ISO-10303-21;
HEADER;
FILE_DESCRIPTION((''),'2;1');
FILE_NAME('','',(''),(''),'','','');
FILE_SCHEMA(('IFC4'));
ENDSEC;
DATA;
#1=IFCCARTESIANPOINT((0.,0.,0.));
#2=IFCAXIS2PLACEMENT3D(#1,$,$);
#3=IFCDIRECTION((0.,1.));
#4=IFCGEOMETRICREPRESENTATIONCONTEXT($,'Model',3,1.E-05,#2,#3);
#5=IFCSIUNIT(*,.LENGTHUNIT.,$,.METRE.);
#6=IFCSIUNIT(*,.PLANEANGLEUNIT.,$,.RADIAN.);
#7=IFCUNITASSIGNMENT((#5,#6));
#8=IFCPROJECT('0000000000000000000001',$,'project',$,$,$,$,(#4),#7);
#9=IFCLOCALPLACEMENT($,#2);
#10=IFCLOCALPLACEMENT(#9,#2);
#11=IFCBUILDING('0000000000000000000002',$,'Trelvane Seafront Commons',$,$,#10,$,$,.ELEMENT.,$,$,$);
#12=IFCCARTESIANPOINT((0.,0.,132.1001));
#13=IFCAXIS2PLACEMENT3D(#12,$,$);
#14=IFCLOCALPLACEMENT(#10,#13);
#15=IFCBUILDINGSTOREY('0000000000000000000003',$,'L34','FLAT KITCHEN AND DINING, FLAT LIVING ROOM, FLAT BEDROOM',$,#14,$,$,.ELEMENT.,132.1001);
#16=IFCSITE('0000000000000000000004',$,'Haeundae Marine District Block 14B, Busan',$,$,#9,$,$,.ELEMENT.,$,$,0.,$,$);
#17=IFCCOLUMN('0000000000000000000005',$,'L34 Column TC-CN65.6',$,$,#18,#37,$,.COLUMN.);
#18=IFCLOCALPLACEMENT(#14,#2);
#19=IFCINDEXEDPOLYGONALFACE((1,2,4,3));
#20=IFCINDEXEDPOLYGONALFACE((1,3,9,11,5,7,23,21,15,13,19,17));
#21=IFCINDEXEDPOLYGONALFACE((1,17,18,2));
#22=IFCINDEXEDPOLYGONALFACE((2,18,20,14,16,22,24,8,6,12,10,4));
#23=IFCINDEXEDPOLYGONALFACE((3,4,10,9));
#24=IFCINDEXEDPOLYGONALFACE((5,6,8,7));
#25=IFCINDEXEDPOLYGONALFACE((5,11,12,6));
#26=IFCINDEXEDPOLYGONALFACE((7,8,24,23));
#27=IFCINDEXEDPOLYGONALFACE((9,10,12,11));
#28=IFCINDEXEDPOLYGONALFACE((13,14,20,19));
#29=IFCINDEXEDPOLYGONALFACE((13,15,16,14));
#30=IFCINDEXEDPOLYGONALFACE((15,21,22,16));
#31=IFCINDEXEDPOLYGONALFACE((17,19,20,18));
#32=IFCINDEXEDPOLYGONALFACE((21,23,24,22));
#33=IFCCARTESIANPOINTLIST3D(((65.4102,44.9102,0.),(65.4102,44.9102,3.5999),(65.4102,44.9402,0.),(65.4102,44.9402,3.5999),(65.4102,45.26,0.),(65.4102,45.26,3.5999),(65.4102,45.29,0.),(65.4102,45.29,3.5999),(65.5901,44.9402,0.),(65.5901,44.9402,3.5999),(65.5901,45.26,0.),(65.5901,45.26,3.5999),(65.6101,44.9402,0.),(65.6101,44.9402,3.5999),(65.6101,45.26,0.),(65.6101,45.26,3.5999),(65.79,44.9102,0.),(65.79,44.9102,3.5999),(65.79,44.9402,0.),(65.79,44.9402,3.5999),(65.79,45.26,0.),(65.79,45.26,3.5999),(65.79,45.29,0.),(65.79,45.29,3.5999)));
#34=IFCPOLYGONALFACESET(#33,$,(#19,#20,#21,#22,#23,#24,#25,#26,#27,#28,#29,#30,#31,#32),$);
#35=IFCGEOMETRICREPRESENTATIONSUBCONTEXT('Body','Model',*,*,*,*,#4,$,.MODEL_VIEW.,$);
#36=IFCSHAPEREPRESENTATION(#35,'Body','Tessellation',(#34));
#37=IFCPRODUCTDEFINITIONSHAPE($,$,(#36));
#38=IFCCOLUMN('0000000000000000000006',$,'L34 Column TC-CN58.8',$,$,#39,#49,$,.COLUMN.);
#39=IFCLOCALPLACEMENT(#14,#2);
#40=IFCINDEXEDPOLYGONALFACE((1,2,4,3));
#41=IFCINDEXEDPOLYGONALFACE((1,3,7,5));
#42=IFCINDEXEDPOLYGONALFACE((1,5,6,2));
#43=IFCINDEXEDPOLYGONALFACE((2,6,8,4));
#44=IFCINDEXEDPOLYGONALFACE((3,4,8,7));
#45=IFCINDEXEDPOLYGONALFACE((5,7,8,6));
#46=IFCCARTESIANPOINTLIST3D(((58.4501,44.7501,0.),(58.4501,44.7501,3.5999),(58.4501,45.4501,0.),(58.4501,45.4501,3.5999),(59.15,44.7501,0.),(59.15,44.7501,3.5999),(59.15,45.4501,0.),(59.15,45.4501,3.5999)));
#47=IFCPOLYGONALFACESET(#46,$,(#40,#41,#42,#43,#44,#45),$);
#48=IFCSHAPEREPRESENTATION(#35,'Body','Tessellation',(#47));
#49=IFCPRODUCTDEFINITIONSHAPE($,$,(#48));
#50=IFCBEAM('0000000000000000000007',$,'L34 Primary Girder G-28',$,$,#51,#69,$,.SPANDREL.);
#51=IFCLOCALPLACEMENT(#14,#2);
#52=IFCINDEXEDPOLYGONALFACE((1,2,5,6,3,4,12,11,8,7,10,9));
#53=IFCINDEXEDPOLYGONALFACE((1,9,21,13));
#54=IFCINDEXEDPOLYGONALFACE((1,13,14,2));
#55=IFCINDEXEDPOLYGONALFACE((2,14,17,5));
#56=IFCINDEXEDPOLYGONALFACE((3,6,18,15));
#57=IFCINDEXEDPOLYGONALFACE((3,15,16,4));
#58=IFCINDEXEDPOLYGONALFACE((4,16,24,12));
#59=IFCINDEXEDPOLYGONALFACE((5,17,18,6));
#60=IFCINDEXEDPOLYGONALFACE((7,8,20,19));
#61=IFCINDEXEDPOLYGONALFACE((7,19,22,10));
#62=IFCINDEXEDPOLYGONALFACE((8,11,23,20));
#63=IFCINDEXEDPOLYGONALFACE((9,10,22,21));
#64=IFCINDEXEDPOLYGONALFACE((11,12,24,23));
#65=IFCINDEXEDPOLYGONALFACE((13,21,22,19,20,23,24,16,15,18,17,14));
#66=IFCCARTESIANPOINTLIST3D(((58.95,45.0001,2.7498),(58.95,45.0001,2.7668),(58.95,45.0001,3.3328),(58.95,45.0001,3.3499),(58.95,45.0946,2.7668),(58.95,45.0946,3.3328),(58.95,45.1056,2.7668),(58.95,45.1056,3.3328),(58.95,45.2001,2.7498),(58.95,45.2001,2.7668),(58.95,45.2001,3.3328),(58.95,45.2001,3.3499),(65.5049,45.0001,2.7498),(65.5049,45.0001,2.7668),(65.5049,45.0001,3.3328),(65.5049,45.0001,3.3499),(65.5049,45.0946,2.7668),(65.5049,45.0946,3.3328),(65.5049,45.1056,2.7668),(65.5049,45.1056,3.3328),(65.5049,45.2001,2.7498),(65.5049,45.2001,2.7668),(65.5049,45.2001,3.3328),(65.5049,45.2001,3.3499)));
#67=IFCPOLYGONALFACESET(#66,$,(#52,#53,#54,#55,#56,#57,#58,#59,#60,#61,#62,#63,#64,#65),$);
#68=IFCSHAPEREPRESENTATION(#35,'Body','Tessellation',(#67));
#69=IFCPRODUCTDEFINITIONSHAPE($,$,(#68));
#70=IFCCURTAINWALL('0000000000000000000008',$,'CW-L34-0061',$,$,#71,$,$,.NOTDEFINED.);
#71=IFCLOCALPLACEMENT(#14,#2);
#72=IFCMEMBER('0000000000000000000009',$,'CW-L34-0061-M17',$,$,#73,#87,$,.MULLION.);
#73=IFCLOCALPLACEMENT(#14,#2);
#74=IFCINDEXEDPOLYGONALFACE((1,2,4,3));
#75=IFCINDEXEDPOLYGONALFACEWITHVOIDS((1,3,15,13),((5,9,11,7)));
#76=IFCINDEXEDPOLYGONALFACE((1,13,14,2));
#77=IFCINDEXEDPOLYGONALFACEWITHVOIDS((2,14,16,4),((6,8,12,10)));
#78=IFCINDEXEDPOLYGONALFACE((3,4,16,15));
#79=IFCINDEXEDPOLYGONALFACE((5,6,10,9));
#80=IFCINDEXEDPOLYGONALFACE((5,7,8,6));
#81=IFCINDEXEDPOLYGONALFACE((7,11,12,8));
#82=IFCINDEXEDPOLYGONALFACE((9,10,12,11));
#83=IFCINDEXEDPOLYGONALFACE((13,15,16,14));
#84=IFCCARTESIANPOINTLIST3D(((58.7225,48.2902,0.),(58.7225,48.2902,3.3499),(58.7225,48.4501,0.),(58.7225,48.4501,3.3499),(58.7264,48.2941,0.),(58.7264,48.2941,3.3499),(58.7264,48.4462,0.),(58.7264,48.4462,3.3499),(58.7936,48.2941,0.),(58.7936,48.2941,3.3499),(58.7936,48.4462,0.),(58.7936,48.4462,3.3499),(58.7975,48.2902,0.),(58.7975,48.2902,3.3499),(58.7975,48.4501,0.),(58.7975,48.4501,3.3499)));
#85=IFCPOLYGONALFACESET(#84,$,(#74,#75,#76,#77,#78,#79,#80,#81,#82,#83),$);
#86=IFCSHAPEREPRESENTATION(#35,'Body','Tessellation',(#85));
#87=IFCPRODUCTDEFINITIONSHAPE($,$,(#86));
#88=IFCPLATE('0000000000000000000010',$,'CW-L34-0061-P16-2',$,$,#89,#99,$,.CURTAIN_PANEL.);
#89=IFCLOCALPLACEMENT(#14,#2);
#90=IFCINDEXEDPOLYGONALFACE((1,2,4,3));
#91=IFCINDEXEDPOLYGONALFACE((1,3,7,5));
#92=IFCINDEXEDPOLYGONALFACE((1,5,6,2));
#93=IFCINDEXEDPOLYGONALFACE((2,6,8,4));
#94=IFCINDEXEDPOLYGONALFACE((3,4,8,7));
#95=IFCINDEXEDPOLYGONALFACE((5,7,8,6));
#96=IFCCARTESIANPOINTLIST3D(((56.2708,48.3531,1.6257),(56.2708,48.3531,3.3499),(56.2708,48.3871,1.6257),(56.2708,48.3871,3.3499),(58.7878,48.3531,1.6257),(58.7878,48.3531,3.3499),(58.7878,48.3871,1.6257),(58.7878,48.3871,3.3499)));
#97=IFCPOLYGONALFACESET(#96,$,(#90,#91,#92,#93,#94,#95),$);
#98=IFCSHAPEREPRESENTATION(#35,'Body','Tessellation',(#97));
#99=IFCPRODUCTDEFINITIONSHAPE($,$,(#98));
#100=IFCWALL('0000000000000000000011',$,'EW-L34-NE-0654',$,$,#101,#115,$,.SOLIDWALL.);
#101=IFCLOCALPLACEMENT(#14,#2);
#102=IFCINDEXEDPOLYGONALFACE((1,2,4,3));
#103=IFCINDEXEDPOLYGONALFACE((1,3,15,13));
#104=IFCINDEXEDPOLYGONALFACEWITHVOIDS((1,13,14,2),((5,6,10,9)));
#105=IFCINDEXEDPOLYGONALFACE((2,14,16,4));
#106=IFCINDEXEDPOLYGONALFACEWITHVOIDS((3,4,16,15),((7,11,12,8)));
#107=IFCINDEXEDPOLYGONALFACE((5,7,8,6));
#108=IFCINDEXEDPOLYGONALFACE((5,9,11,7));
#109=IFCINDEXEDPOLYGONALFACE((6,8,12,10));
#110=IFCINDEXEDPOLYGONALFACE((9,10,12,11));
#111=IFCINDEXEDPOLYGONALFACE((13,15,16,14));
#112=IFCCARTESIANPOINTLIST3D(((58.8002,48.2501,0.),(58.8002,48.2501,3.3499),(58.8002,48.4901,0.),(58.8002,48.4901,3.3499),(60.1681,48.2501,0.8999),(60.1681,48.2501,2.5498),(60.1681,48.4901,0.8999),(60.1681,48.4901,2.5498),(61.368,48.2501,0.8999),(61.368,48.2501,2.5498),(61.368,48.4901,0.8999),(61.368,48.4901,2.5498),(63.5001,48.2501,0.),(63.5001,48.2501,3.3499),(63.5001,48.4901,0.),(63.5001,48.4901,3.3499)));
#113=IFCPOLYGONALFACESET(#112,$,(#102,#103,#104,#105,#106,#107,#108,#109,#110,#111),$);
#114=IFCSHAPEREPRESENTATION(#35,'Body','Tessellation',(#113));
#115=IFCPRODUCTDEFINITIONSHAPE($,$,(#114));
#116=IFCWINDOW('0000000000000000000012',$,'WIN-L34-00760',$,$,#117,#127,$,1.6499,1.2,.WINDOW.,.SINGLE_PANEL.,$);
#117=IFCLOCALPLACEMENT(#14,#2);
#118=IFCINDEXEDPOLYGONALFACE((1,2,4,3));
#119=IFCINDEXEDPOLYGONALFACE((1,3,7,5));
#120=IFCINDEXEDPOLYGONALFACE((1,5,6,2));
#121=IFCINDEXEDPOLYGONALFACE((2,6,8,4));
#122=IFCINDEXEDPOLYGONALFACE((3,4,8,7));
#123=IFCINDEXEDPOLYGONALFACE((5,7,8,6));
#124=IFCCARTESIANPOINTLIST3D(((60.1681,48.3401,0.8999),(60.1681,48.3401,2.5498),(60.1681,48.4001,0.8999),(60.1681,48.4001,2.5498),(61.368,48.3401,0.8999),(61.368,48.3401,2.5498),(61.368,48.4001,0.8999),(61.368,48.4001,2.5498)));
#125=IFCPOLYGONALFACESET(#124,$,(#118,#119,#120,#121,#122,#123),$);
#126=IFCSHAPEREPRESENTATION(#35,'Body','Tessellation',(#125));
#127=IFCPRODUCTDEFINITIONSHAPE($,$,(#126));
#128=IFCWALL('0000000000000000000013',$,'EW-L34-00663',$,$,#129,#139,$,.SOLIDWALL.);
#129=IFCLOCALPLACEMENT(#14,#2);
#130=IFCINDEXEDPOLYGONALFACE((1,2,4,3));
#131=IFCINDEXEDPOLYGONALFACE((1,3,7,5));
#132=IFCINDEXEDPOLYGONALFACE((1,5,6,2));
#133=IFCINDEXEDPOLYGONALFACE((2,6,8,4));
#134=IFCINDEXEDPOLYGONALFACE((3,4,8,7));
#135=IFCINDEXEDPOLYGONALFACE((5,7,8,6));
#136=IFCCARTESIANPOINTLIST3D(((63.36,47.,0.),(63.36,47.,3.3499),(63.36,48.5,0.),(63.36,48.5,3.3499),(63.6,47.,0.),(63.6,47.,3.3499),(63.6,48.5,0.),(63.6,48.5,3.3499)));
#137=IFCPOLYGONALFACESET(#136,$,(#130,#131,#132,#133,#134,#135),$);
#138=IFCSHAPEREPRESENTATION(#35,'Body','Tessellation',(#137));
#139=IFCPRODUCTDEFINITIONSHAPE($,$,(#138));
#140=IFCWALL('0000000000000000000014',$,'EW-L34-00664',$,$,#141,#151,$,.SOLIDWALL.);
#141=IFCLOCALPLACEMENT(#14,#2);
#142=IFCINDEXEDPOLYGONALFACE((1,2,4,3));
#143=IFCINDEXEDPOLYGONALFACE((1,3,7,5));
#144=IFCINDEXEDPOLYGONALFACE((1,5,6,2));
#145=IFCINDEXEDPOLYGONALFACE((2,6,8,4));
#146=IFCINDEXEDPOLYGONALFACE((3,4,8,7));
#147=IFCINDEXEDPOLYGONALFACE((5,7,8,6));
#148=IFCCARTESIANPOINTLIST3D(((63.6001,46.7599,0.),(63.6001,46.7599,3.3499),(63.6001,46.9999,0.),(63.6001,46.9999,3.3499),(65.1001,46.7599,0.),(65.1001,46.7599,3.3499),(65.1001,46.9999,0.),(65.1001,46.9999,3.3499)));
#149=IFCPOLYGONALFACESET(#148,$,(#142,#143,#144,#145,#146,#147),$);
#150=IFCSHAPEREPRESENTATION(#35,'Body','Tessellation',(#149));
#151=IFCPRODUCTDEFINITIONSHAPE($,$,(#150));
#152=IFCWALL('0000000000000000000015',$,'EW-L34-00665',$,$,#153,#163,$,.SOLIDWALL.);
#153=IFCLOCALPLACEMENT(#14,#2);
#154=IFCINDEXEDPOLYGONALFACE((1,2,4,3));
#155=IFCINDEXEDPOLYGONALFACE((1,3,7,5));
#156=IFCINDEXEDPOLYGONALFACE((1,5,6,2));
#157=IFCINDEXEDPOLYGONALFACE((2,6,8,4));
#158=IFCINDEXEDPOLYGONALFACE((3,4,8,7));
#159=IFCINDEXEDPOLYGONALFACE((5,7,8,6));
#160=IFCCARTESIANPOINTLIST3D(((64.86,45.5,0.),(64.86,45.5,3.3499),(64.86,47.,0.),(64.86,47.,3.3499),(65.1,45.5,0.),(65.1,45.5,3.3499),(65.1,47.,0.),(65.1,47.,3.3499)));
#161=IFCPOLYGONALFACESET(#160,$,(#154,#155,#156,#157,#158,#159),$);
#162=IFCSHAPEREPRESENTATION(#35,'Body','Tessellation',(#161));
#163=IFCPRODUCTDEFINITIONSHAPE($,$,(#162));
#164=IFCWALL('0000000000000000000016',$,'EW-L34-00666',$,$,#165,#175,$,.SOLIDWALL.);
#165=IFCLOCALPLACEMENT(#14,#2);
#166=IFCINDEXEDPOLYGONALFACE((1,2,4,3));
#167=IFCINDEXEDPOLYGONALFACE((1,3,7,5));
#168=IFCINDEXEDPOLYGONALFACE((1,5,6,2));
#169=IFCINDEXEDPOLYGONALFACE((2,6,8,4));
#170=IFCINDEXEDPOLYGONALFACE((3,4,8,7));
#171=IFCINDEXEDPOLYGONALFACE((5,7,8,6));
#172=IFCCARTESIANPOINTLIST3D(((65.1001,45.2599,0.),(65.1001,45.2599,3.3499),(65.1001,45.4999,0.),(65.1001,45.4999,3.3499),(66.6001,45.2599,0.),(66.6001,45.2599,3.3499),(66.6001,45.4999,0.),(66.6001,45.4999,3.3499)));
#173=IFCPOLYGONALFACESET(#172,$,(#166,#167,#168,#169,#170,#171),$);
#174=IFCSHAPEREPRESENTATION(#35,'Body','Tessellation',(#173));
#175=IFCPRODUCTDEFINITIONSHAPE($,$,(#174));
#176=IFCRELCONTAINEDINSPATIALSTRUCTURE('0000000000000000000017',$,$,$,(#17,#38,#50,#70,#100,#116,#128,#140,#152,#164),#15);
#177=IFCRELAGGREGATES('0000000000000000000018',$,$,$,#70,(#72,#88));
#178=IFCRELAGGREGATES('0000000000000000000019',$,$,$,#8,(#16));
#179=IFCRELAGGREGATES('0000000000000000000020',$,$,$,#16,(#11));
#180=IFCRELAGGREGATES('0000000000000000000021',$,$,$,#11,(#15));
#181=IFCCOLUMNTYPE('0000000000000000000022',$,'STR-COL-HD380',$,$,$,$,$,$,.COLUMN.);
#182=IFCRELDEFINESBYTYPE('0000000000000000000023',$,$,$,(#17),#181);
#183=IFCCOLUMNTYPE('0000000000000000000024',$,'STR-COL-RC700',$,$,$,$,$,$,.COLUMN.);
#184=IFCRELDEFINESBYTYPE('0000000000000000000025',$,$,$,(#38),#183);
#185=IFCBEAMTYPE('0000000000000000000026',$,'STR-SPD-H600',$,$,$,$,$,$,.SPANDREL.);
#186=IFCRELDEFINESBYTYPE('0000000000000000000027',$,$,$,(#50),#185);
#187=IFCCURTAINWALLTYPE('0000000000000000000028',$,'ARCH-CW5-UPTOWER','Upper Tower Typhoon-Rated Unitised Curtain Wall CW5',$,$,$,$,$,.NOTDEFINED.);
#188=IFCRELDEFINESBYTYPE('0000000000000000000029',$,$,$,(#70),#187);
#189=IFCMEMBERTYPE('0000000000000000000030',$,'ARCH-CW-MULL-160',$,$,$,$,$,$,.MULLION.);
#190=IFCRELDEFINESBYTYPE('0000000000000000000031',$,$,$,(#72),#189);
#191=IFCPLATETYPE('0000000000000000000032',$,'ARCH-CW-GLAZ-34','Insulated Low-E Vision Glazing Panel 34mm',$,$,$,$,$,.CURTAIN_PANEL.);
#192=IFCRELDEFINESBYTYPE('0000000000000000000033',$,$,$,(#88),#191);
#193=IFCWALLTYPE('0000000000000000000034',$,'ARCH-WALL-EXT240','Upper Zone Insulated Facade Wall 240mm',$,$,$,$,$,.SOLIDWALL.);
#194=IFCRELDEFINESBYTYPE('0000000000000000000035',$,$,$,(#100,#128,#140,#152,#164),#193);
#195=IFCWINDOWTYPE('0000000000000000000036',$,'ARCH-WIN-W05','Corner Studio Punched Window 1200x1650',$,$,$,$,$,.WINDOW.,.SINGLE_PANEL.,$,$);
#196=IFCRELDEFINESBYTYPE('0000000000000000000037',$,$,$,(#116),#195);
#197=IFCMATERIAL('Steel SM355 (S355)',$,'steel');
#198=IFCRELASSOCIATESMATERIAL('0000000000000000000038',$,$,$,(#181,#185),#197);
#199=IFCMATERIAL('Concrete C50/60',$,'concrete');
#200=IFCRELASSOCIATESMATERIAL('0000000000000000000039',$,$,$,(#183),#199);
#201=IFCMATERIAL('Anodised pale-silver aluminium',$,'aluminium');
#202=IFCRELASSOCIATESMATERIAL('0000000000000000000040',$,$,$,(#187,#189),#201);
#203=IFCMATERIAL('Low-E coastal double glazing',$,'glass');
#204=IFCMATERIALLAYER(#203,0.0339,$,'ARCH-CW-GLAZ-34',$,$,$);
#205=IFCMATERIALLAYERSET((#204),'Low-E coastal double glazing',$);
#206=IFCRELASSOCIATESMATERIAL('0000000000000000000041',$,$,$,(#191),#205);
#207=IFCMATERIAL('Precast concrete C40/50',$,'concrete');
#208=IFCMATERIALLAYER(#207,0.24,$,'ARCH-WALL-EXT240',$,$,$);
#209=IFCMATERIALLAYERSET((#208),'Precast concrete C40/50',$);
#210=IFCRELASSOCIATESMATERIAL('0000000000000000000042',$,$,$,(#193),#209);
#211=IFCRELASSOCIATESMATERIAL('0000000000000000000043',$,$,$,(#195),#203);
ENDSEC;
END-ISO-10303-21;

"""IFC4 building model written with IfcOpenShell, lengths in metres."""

from ifc_helpers import new_model, si_unit, direction, frame, frame_2d, origin, origin_2d, place, context, subcontext, project, spatial, rectangle, hollow_rectangle, i_section, extrude, source, transform, mapped, material, layer, layer_set, material_profile, profile_set, type_object, element, fill, aggregate, save


model = new_model("IFC4")

# Units and contexts
model_context = context("Model", 3, precision=1e-05, world=origin(), true_north=direction((0.0, 1.0)))
body_context = subcontext(model_context, "Body", "Model", "MODEL_VIEW")
ifc_project = project(units=[si_unit("LENGTHUNIT", "METRE"), si_unit("PLANEANGLEUNIT", "RADIAN")], contexts=[model_context])

# Site, building, storey
site_placement = place(None, origin())
site = spatial("IfcSite", under=ifc_project, at=site_placement, Name="Haeundae Marine District Block 14B, Busan", CompositionType="ELEMENT", RefElevation=0.0)
building_placement = place(site_placement, origin())
building = spatial("IfcBuilding", under=site, at=building_placement, Name="Trelvane Seafront Commons", CompositionType="ELEMENT")
storey_placement = place(building_placement, frame((0.0, 0.0, 132.1001)))
storey = spatial("IfcBuildingStorey", under=building, at=storey_placement, Name="L34", Description="FLAT KITCHEN AND DINING, FLAT LIVING ROOM, FLAT BEDROOM", CompositionType="ELEMENT", Elevation=132.1001)

# Columns
ifc_material_1 = material(Name="Steel SM355 (S355)", Category="steel")
ifc_material_profile_1 = material_profile(ifc_material_1, i_section(OverallWidth=0.3799, OverallDepth=0.3799, WebThickness=0.02, FlangeThickness=0.03, at=origin_2d()), Name="HD-380x380x20x30")
ifc_profile_set_1 = profile_set([ifc_material_profile_1], Name="Steel SM355 (S355)")
column_type_1 = type_object("IfcColumnType", Name="STR-COL-HD380", PredefinedType="COLUMN", material=ifc_profile_set_1)
shared_shape_1 = source(origin(), body_context, "Body", "SweptSolid", [
    extrude(i_section(OverallWidth=0.3799, OverallDepth=0.3799, WebThickness=0.02, FlangeThickness=0.03, at=origin_2d()), origin(), (0.0, 0.0, 1.0), 3.5999),
])
column_1_placement = place(storey_placement, frame((65.6001, 45.1001, 0.0), z_axis=(0.0, 0.0, 1.0), x_axis=(1.0, 0.0, 0.0)))
element("IfcColumn", 1, at=column_1_placement, inside=storey, type_object=column_type_1, Name="L34 Column TC-CN65.6", PredefinedType="COLUMN", context=body_context, shape_type="MappedRepresentation", body=[
    mapped(shared_shape_1, transform((0.0, 0.0, 0.0), x_axis=(1.0, 0.0, 0.0), y_axis=(0.0, 1.0, 0.0), z_axis=(0.0, 0.0, 1.0), scale=1.0)),
])
ifc_material_2 = material(Name="Concrete C50/60", Category="concrete")
ifc_material_profile_2 = material_profile(ifc_material_2, rectangle(XDim=0.7, YDim=0.7, at=origin_2d()), Name="RC-700x700")
ifc_profile_set_2 = profile_set([ifc_material_profile_2], Name="Concrete C50/60")
column_type_2 = type_object("IfcColumnType", Name="STR-COL-RC700", PredefinedType="COLUMN", material=ifc_profile_set_2)
shared_shape_2 = source(origin(), body_context, "Body", "SweptSolid", [
    extrude(rectangle(XDim=0.7, YDim=0.7, at=origin_2d()), origin(), (0.0, 0.0, 1.0), 3.5999),
])
column_2_placement = place(storey_placement, frame((58.8, 45.1001, 0.0), z_axis=(0.0, 0.0, 1.0), x_axis=(1.0, 0.0, 0.0)))
element("IfcColumn", 2, at=column_2_placement, inside=storey, type_object=column_type_2, Name="L34 Column TC-CN58.8", PredefinedType="COLUMN", context=body_context, shape_type="MappedRepresentation", body=[
    mapped(shared_shape_2, transform((0.0, 0.0, 0.0), x_axis=(1.0, 0.0, 0.0), y_axis=(0.0, 1.0, 0.0), z_axis=(0.0, 0.0, 1.0), scale=1.0)),
])

# Beam
ifc_material_profile_3 = material_profile(ifc_material_1, i_section(OverallWidth=0.2, OverallDepth=0.6001, WebThickness=0.011, FlangeThickness=0.0171, at=origin_2d()), Name="H-600x200x11x17")
ifc_profile_set_3 = profile_set([ifc_material_profile_3], Name="Steel SM355 (S355)")
beam_type = type_object("IfcBeamType", Name="STR-SPD-H600", PredefinedType="SPANDREL", material=ifc_profile_set_3)
shared_shape_3 = source(origin(), body_context, "Body", "SweptSolid", [
    extrude(i_section(OverallWidth=0.2, OverallDepth=0.6001, WebThickness=0.011, FlangeThickness=0.0171, at=origin_2d()), origin(), (0.0, 0.0, 1.0), 6.5549),
])
beam_placement = place(storey_placement, frame((58.95, 45.1001, 3.0498), z_axis=(1.0, 0.0, 0.0), x_axis=(0.0, 1.0, 0.0)))
element("IfcBeam", 3, at=beam_placement, inside=storey, type_object=beam_type, Name="L34 Primary Girder G-28", PredefinedType="SPANDREL", context=body_context, shape_type="MappedRepresentation", body=[
    mapped(shared_shape_3, transform((0.0, 0.0, 0.0), x_axis=(1.0, 0.0, 0.0), y_axis=(0.0, 1.0, 0.0), z_axis=(0.0, 0.0, 1.0), scale=1.0)),
])

# Curtain wall, member, plate
ifc_material_3 = material(Name="Anodised pale-silver aluminium", Category="aluminium")
curtain_wall_type = type_object("IfcCurtainWallType", Name="ARCH-CW5-UPTOWER", Description="Upper Tower Typhoon-Rated Unitised Curtain Wall CW5", PredefinedType="NOTDEFINED", material=ifc_material_3)
curtain_wall_placement = place(storey_placement, origin())
curtain_wall = element("IfcCurtainWall", 4, at=curtain_wall_placement, inside=storey, type_object=curtain_wall_type, Name="CW-L34-0061", PredefinedType="NOTDEFINED")
ifc_material_profile_4 = material_profile(ifc_material_3, hollow_rectangle(XDim=0.075, YDim=0.1599, WallThickness=0.0039, at=origin_2d()), Name="MULL-75x160x4")
ifc_profile_set_4 = profile_set([ifc_material_profile_4], Name="Anodised pale-silver aluminium")
member_type = type_object("IfcMemberType", Name="ARCH-CW-MULL-160", PredefinedType="MULLION", material=ifc_profile_set_4)
shared_shape_4 = source(origin(), body_context, "Body", "SweptSolid", [
    extrude(hollow_rectangle(XDim=0.075, YDim=0.1599, WallThickness=0.0039, at=origin_2d()), origin(), (0.0, 0.0, 1.0), 3.3499),
])
member_placement = place(storey_placement, frame((58.76, 48.3701, 0.0), z_axis=(0.0, 0.0, 1.0), x_axis=(1.0, 0.0, 0.0)))
member = element("IfcMember", 5, at=member_placement, type_object=member_type, Name="CW-L34-0061-M17", PredefinedType="MULLION", context=body_context, shape_type="MappedRepresentation", body=[
    mapped(shared_shape_4, transform((0.0, 0.0, 0.0), x_axis=(1.0, 0.0, 0.0), y_axis=(0.0, 1.0, 0.0), z_axis=(0.0, 0.0, 1.0), scale=1.0)),
])
ifc_material_4 = material(Name="Low-E coastal double glazing", Category="glass")
ifc_layer_1 = layer(ifc_material_4, 0.0339, Name="ARCH-CW-GLAZ-34")
ifc_layer_set_1 = layer_set([ifc_layer_1], Name="Low-E coastal double glazing")
plate_type = type_object("IfcPlateType", Name="ARCH-CW-GLAZ-34", Description="Insulated Low-E Vision Glazing Panel 34mm", PredefinedType="CURTAIN_PANEL", material=ifc_layer_set_1)
shared_shape_5 = source(origin(), body_context, "Body", "SweptSolid", [
    extrude(rectangle(XDim=2.5171, YDim=0.0339, at=origin_2d()), origin(), (0.0, 0.0, 1.0), 1.7241),
])
plate_placement = place(storey_placement, frame((57.5293, 48.3701, 1.6257), z_axis=(0.0, 0.0, 1.0), x_axis=(1.0, 0.0, 0.0)))
plate = element("IfcPlate", 6, at=plate_placement, type_object=plate_type, Name="CW-L34-0061-P16-2", PredefinedType="CURTAIN_PANEL", context=body_context, shape_type="MappedRepresentation", body=[
    mapped(shared_shape_5, transform((0.0, 0.0, 0.0), x_axis=(1.0, 0.0, 0.0), y_axis=(0.0, 1.0, 0.0), z_axis=(0.0, 0.0, 1.0), scale=1.0)),
])
aggregate(curtain_wall, [member, plate])

# Wall, opening, window
ifc_material_5 = material(Name="Precast concrete C40/50", Category="concrete")
ifc_layer_2 = layer(ifc_material_5, 0.24, Name="ARCH-WALL-EXT240")
ifc_layer_set_2 = layer_set([ifc_layer_2], Name="Precast concrete C40/50")
wall_type = type_object("IfcWallType", Name="ARCH-WALL-EXT240", Description="Upper Zone Insulated Facade Wall 240mm", PredefinedType="SOLIDWALL", material=ifc_layer_set_2)
wall_1_placement = place(storey_placement, frame((58.8, 48.3701, 0.0), z_axis=(0.0, 0.0, 1.0), x_axis=(1.0, 0.0, 0.0)))
wall_1 = element("IfcWall", 7, at=wall_1_placement, inside=storey, type_object=wall_type, Name="EW-L34-NE-0654", PredefinedType="SOLIDWALL", context=body_context, shape_type="SweptSolid", body=[
    extrude(rectangle(XDim=4.7, YDim=0.24, at=frame_2d((2.3501, 0.0))), origin(), (0.0, 0.0, 1.0), 3.3499),
])
opening_1_placement = place(wall_1_placement, frame((1.3679, 0.0, 0.8999)))
opening_1 = element("IfcOpeningElement", 8, at=opening_1_placement, cuts=wall_1, PredefinedType="OPENING", context=body_context, shape_type="SweptSolid", body=[
    extrude(rectangle(XDim=1.2, YDim=1.6499, at=frame_2d((0.6001, 0.825))), frame((0.0, 0.1299, 0.0), z_axis=(0.0, -1.0, 0.0), x_axis=(1.0, 0.0, 0.0)), (0.0, 0.0, 1.0), 0.26),
])
window_type_1 = type_object("IfcWindowType", Name="ARCH-WIN-W05", Description="Corner Studio Punched Window 1200x1650", PartitioningType="SINGLE_PANEL", PredefinedType="WINDOW", material=ifc_material_4)
shared_shape_6 = source(origin(), body_context, "Body", "SweptSolid", [
    extrude(rectangle(XDim=1.2, YDim=1.6499, at=frame_2d((0.6001, 0.825))), frame((0.0, 0.03, 0.0), z_axis=(0.0, -1.0, 0.0), x_axis=(1.0, 0.0, 0.0)), (0.0, 0.0, 1.0), 0.0601),
])
window_1_placement = place(opening_1_placement, origin())
window_1 = element("IfcWindow", 9, at=window_1_placement, inside=storey, type_object=window_type_1, Name="WIN-L34-00760", OverallHeight=1.6499, OverallWidth=1.2, PartitioningType="SINGLE_PANEL", PredefinedType="WINDOW", context=body_context, shape_type="MappedRepresentation", body=[
    mapped(shared_shape_6, transform((0.0, 0.0, 0.0), x_axis=(1.0, 0.0, 0.0), y_axis=(0.0, 1.0, 0.0), z_axis=(0.0, 0.0, 1.0), scale=1.0)),
])
fill(opening_1, window_1)

# Walls
for number, where, z_axis, x_axis, name in (
    (10, (63.48, 48.5, 0.0), (0.0, 0.0, 1.0), (0.0, -1.0, 0.0), "EW-L34-00663"),
    (11, (63.6001, 46.8799, 0.0), (0.0, 0.0, 1.0), (1.0, 0.0, 0.0), "EW-L34-00664"),
    (12, (64.98, 47.0, 0.0), (0.0, 0.0, 1.0), (0.0, -1.0, 0.0), "EW-L34-00665"),
    (13, (65.1001, 45.3799, 0.0), (0.0, 0.0, 1.0), (1.0, 0.0, 0.0), "EW-L34-00666"),
):
    element("IfcWall", number, at=place(storey_placement, frame(where, z_axis=z_axis, x_axis=x_axis)), inside=storey, type_object=wall_type, Name=name, PredefinedType="SOLIDWALL", context=body_context, shape_type="SweptSolid", body=[
        extrude(rectangle(XDim=1.5, YDim=0.24, at=frame_2d((0.75, 0.0))), origin(), (0.0, 0.0, 1.0), 3.3499),
    ])

save(model, "model.ifc")
